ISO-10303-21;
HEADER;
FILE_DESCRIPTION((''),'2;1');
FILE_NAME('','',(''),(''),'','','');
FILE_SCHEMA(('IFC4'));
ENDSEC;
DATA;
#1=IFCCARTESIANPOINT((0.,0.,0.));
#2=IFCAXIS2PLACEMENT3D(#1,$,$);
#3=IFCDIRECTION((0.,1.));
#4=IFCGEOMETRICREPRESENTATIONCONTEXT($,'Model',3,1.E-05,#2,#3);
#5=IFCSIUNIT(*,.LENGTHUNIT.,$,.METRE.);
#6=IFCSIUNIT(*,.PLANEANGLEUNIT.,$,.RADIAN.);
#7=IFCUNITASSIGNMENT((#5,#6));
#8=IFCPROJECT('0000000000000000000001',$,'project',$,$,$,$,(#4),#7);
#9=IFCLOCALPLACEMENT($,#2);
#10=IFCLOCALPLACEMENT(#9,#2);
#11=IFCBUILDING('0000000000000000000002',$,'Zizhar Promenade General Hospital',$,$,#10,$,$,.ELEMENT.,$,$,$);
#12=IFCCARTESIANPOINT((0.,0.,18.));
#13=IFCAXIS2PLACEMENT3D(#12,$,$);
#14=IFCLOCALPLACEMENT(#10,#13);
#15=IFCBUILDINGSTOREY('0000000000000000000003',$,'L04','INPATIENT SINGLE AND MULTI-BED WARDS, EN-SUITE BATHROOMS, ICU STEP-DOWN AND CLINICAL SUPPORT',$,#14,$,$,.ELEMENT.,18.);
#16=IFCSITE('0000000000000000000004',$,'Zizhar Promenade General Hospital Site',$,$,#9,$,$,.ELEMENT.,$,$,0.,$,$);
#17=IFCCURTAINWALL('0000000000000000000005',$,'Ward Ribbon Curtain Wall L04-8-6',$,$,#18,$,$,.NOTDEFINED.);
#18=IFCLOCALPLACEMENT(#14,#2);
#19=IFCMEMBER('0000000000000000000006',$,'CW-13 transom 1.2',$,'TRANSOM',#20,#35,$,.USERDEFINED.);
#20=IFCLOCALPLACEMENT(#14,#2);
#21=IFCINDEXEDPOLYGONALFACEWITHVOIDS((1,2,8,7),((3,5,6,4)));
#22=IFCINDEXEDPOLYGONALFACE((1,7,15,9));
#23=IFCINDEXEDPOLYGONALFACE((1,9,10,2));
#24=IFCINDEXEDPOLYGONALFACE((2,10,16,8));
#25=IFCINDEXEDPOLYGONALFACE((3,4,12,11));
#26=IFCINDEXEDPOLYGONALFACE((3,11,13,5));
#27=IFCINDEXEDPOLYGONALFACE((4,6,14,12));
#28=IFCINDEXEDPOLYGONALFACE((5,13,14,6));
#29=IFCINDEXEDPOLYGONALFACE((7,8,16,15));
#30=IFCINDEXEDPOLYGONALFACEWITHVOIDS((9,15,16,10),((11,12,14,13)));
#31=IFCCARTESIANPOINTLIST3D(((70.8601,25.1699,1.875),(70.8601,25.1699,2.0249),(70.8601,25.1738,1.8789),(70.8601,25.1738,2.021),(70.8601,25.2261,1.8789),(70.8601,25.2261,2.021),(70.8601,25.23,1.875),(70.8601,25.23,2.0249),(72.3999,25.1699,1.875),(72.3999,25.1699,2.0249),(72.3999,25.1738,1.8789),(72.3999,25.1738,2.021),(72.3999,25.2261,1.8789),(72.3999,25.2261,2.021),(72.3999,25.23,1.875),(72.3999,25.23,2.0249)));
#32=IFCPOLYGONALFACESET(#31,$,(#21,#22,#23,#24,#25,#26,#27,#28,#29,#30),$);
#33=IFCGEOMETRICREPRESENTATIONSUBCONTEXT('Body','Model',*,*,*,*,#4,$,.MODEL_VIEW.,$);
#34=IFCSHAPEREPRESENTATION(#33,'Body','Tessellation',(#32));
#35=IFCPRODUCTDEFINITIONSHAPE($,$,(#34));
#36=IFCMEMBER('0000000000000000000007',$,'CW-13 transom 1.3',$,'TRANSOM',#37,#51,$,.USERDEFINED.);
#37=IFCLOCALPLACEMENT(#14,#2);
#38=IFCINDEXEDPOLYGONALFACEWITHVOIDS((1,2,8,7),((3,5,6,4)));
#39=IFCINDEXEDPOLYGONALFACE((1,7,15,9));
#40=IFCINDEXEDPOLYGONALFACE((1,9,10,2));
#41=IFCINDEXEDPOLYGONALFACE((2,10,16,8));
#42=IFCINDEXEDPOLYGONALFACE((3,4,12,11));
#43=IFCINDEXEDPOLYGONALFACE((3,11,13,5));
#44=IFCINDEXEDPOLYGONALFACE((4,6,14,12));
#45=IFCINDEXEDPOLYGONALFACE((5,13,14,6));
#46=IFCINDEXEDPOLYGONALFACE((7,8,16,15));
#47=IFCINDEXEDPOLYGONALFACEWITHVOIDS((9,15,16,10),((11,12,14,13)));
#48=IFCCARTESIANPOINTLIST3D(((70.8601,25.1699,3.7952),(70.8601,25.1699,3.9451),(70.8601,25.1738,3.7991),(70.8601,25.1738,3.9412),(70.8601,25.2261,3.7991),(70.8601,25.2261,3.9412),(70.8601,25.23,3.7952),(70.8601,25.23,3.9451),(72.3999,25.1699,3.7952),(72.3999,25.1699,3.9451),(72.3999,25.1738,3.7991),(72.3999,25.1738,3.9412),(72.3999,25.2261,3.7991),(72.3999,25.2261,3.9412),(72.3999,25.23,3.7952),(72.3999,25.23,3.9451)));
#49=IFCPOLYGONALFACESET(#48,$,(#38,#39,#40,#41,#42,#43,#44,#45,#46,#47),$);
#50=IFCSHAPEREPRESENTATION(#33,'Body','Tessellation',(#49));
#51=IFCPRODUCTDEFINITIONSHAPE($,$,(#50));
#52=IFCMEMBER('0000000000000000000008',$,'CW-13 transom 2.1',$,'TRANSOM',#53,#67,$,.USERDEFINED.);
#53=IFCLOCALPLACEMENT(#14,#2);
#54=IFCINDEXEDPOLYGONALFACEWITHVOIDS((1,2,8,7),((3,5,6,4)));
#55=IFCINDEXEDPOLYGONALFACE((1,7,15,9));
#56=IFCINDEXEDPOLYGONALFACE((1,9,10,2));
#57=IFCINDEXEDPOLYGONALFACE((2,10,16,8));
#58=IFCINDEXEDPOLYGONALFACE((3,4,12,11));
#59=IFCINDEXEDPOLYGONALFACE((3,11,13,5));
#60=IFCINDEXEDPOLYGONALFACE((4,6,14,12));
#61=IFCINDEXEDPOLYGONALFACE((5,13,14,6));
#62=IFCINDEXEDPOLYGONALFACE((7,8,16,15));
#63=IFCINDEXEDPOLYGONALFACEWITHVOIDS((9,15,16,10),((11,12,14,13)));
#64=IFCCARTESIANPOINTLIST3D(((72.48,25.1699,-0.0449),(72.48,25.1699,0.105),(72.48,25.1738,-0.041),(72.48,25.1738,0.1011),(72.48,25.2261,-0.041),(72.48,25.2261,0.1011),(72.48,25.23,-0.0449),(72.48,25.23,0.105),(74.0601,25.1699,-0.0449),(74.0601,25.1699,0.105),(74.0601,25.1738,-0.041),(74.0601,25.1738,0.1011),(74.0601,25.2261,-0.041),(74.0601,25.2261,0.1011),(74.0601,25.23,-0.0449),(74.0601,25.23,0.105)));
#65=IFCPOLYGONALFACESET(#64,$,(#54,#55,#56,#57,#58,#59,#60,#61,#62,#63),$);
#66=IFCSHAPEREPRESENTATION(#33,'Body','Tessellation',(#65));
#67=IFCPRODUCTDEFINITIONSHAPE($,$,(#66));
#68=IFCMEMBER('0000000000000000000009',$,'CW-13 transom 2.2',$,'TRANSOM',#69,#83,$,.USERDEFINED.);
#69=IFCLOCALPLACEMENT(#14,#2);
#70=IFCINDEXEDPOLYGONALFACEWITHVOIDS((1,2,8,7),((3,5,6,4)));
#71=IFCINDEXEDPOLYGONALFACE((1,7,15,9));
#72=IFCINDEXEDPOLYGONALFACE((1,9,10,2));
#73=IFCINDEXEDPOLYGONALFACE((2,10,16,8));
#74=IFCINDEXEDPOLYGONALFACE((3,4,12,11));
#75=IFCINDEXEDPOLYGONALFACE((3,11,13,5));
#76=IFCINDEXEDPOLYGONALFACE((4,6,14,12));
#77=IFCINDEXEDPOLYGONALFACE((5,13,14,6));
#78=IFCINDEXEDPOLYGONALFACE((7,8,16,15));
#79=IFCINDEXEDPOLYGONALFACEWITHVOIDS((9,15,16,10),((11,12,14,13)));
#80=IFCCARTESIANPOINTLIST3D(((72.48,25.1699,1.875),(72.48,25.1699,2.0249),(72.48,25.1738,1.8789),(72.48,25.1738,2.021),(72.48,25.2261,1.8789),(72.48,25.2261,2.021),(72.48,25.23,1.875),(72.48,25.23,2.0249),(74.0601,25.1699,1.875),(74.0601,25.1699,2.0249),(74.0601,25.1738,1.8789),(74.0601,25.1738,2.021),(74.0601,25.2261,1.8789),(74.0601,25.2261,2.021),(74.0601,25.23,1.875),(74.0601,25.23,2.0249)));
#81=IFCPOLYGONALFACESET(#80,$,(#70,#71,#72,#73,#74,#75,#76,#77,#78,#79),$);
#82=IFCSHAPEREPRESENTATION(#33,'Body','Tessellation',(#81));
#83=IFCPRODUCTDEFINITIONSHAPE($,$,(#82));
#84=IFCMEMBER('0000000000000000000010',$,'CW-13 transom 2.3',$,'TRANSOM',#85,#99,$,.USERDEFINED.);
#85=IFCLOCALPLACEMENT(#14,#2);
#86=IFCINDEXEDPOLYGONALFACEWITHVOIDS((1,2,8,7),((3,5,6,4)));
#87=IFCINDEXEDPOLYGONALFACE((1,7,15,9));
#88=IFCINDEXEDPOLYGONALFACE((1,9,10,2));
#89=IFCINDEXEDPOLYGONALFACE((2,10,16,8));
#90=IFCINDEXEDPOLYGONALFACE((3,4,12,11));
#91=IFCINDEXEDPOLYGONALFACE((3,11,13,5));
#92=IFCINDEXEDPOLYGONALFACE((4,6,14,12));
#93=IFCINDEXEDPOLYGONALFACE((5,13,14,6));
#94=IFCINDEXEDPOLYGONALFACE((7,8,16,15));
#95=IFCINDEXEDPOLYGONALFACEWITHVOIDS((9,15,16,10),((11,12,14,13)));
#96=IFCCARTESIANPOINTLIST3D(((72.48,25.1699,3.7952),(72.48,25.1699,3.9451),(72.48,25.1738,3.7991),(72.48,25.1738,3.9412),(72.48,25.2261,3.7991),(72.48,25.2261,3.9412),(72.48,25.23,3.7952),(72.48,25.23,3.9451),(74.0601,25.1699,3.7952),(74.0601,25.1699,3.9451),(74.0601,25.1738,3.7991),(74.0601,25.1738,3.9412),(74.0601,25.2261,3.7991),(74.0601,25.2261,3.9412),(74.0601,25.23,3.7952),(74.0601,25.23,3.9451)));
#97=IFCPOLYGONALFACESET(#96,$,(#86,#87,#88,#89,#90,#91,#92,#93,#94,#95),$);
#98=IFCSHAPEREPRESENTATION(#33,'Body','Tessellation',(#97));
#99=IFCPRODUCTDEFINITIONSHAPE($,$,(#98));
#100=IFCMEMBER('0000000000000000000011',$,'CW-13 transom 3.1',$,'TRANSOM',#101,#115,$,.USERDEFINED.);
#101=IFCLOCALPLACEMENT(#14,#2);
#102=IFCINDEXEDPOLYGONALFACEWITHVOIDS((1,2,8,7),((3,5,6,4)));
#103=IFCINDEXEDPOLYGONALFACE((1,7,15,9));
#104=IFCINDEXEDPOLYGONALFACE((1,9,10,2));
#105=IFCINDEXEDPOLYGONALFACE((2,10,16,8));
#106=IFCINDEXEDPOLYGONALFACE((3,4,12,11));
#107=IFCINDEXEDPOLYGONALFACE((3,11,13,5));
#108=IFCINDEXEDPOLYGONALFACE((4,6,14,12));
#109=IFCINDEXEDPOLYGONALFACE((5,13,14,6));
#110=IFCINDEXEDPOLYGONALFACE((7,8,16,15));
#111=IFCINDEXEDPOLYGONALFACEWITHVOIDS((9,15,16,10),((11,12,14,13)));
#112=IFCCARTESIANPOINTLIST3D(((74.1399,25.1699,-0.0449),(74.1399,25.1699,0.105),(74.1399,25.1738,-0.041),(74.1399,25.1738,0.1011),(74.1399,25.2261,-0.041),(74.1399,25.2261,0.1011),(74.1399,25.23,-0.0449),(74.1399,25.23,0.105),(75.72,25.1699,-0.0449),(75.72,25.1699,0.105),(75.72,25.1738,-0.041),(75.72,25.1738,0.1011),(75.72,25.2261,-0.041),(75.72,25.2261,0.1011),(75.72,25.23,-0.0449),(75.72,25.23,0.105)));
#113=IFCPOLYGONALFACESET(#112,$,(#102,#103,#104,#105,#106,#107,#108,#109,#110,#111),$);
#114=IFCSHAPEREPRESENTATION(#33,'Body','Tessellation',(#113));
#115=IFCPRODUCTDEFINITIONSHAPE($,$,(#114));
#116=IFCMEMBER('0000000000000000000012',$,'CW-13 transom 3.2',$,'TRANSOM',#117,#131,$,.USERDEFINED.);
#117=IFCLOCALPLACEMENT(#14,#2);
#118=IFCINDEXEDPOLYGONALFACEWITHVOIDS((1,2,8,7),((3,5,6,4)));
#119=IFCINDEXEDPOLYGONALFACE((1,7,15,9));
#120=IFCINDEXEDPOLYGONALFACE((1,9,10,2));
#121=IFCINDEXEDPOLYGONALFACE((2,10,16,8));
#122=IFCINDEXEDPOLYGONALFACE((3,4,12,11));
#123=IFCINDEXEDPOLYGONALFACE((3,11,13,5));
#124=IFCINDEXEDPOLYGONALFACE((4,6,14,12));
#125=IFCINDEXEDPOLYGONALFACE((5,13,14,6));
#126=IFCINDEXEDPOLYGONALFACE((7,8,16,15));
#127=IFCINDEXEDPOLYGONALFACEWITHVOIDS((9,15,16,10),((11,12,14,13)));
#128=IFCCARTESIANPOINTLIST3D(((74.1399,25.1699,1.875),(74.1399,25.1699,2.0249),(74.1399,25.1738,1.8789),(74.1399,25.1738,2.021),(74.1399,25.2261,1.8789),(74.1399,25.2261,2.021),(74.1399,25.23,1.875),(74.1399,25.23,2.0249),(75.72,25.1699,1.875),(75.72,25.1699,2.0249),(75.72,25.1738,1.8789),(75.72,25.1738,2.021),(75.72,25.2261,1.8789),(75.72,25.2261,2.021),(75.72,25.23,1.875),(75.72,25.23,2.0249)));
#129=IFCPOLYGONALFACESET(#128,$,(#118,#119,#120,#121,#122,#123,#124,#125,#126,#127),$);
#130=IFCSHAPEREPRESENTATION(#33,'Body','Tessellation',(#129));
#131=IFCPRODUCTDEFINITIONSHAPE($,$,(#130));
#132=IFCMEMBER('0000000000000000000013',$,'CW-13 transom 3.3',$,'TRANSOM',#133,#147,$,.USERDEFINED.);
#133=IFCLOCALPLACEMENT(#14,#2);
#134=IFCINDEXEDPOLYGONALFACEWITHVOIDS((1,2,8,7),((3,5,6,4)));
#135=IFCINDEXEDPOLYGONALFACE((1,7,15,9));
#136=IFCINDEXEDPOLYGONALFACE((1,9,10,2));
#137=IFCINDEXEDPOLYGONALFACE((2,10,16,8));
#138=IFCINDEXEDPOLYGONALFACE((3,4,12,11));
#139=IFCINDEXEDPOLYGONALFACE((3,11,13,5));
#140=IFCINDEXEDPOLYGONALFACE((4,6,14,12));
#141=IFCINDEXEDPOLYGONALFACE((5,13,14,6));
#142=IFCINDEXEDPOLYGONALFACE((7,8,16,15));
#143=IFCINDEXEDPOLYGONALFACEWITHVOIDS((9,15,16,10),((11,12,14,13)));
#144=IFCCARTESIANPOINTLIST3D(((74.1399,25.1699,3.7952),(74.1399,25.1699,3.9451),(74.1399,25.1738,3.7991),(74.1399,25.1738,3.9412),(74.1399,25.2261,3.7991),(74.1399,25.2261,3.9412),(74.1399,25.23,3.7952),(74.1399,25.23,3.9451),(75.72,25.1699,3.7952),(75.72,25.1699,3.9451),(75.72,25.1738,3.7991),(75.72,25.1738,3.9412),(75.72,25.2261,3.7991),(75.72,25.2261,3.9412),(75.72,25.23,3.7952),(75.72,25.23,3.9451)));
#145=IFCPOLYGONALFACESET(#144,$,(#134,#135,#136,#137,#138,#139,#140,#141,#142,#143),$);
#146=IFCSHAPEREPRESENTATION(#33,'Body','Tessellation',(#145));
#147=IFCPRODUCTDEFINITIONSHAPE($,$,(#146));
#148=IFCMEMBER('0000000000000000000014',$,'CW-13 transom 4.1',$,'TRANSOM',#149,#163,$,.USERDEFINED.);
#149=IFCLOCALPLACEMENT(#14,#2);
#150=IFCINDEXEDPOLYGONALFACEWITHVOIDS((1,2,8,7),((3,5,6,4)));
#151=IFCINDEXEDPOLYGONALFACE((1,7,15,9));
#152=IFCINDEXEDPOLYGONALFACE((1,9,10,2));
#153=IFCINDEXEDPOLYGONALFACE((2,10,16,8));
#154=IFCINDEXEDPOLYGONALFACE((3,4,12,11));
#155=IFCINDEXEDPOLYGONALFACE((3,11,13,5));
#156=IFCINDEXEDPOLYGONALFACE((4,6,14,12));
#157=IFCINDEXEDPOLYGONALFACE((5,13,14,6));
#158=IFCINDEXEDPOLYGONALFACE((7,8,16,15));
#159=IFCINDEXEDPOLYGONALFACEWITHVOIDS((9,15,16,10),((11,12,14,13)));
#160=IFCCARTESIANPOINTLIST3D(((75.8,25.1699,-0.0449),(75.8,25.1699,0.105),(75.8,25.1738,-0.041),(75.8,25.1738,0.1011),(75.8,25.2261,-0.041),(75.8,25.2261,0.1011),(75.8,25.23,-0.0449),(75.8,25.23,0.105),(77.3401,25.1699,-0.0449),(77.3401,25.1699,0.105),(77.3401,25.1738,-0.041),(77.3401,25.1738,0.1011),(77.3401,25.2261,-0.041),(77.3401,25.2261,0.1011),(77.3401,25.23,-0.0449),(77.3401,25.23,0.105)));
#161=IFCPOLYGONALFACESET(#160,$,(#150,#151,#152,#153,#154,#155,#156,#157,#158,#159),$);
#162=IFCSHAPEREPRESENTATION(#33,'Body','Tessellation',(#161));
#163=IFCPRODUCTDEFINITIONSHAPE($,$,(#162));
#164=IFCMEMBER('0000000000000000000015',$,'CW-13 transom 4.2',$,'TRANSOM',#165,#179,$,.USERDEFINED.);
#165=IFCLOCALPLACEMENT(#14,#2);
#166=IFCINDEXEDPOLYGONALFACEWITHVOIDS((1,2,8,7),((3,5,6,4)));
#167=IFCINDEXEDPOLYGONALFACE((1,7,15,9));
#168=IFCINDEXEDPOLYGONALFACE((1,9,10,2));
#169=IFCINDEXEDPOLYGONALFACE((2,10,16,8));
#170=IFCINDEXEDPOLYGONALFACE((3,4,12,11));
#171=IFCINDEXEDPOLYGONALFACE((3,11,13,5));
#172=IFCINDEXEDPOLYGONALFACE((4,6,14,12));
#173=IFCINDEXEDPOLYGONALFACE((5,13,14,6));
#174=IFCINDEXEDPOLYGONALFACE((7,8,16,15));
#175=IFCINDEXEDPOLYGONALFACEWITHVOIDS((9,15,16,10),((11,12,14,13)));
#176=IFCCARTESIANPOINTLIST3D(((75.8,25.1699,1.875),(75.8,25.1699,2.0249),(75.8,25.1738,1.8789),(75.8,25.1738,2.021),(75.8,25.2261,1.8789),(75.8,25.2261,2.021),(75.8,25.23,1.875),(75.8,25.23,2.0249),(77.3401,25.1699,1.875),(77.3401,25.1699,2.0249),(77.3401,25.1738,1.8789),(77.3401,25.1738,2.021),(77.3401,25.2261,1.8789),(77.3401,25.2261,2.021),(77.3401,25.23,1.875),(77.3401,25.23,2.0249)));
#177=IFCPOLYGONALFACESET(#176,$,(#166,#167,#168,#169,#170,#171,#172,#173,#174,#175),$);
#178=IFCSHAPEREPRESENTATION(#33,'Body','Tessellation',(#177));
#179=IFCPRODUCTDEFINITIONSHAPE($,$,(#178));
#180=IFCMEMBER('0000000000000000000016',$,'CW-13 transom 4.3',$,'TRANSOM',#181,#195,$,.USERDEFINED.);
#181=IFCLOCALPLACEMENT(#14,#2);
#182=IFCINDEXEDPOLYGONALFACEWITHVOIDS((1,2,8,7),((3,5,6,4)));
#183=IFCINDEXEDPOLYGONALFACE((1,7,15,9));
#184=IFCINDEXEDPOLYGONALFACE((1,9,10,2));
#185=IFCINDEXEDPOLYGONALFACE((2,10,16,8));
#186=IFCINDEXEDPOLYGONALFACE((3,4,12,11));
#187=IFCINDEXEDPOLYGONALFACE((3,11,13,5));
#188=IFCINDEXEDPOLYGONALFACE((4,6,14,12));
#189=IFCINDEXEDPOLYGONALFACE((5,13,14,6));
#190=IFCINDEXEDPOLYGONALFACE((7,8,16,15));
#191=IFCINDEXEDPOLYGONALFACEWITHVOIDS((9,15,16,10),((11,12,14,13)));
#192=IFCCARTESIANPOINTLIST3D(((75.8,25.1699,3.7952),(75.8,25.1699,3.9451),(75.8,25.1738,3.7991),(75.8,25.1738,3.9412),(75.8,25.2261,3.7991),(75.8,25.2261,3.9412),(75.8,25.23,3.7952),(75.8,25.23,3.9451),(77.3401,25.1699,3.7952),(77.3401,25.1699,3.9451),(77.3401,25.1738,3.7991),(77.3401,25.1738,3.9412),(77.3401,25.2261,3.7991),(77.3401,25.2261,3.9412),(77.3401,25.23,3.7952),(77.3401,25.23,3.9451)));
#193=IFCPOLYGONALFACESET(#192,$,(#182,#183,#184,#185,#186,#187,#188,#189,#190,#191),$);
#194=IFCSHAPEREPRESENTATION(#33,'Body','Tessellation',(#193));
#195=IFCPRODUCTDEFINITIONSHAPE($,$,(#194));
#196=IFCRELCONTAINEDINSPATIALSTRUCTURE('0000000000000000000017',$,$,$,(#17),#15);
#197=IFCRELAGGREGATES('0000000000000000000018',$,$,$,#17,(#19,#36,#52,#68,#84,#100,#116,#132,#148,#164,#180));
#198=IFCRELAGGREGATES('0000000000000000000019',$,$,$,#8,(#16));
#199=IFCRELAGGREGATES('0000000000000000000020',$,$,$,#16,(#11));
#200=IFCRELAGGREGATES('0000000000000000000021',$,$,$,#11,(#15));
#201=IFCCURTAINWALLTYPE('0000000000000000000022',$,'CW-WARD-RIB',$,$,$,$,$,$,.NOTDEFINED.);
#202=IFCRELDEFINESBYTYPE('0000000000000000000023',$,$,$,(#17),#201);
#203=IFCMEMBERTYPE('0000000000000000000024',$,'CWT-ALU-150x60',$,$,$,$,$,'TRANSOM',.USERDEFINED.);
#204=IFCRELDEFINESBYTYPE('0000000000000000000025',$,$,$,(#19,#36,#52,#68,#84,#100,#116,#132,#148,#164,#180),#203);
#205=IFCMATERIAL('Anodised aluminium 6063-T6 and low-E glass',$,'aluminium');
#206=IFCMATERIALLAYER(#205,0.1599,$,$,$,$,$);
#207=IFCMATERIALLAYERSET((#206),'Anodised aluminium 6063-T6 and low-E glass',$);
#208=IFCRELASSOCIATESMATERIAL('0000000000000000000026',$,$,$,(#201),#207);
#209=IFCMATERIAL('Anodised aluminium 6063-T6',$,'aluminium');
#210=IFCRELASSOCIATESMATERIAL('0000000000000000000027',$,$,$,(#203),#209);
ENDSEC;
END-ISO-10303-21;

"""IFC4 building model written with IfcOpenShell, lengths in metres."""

from ifc_helpers import new_model, si_unit, direction, frame, origin, origin_2d, place, context, subcontext, project, spatial, hollow_rectangle, extrude, material, layer, layer_set, material_profile, profile_set, type_object, element, aggregate, save


model = new_model("IFC4")

# Units and contexts
model_context = context("Model", 3, precision=1e-05, world=origin(), true_north=direction((0.0, 1.0)))
body_context = subcontext(model_context, "Body", "Model", "MODEL_VIEW")
ifc_project = project(units=[si_unit("LENGTHUNIT", "METRE"), si_unit("PLANEANGLEUNIT", "RADIAN")], contexts=[model_context])

# Site, building, storey
site_placement = place(None, origin())
site = spatial("IfcSite", under=ifc_project, at=site_placement, Name="Zizhar Promenade General Hospital Site", CompositionType="ELEMENT", RefElevation=0.0)
building_placement = place(site_placement, origin())
building = spatial("IfcBuilding", under=site, at=building_placement, Name="Zizhar Promenade General Hospital", CompositionType="ELEMENT")
storey_placement = place(building_placement, frame((0.0, 0.0, 18.0)))
storey = spatial("IfcBuildingStorey", under=building, at=storey_placement, Name="L04", Description="INPATIENT SINGLE AND MULTI-BED WARDS, EN-SUITE BATHROOMS, ICU STEP-DOWN AND CLINICAL SUPPORT", CompositionType="ELEMENT", Elevation=18.0)

# Shared definitions
ifc_material_1 = material(Name="Anodised aluminium 6063-T6 and low-E glass", Category="aluminium")
ifc_layer_1 = layer(ifc_material_1, 0.1599)
ifc_layer_set_1 = layer_set([ifc_layer_1], Name="Anodised aluminium 6063-T6 and low-E glass")
curtain_wall_type = type_object("IfcCurtainWallType", Name="CW-WARD-RIB", PredefinedType="NOTDEFINED", material=ifc_layer_set_1)

# Curtain wall
curtain_wall_1_placement = place(storey_placement, origin())
curtain_wall_1 = element("IfcCurtainWall", 1, at=curtain_wall_1_placement, inside=storey, type_object=curtain_wall_type, Name="Ward Ribbon Curtain Wall L04-8-6", PredefinedType="NOTDEFINED")

# Members
ifc_material_2 = material(Name="Anodised aluminium 6063-T6", Category="aluminium")
ifc_material_profile_1 = material_profile(ifc_material_2, hollow_rectangle(XDim=0.0601, YDim=0.1499, WallThickness=0.0039, at=origin_2d()))
ifc_profile_set_1 = profile_set([ifc_material_profile_1], Name="Anodised aluminium 6063-T6")
member_type_1 = type_object("IfcMemberType", Name="CWT-ALU-150x60", ElementType="TRANSOM", PredefinedType="USERDEFINED", material=ifc_profile_set_1)
member_1_placement = place(storey_placement, frame((70.8601, 25.2, 1.95), z_axis=(1.0, 0.0, 0.0), x_axis=(0.0, 1.0, 0.0)))
member_1 = element("IfcMember", 2, at=member_1_placement, type_object=member_type_1, Name="CW-13 transom 1.2", ObjectType="TRANSOM", PredefinedType="USERDEFINED", context=body_context, shape_type="SweptSolid", body=[
    extrude(hollow_rectangle(XDim=0.0601, YDim=0.1499, WallThickness=0.0039, at=origin_2d()), origin(), (0.0, 0.0, 1.0), 1.5398),
])
member_2_placement = place(storey_placement, frame((70.8601, 25.2, 3.8701), z_axis=(1.0, 0.0, 0.0), x_axis=(0.0, 1.0, 0.0)))
member_2 = element("IfcMember", 3, at=member_2_placement, type_object=member_type_1, Name="CW-13 transom 1.3", ObjectType="TRANSOM", PredefinedType="USERDEFINED", context=body_context, shape_type="SweptSolid", body=[
    extrude(hollow_rectangle(XDim=0.0601, YDim=0.1499, WallThickness=0.0039, at=origin_2d()), origin(), (0.0, 0.0, 1.0), 1.5398),
])
member_3_placement = place(storey_placement, frame((72.48, 25.2, 0.03), z_axis=(1.0, 0.0, 0.0), x_axis=(0.0, 1.0, 0.0)))
member_3 = element("IfcMember", 4, at=member_3_placement, type_object=member_type_1, Name="CW-13 transom 2.1", ObjectType="TRANSOM", PredefinedType="USERDEFINED", context=body_context, shape_type="SweptSolid", body=[
    extrude(hollow_rectangle(XDim=0.0601, YDim=0.1499, WallThickness=0.0039, at=origin_2d()), origin(), (0.0, 0.0, 1.0), 1.5801),
])
member_4_placement = place(storey_placement, frame((72.48, 25.2, 1.95), z_axis=(1.0, 0.0, 0.0), x_axis=(0.0, 1.0, 0.0)))
member_4 = element("IfcMember", 5, at=member_4_placement, type_object=member_type_1, Name="CW-13 transom 2.2", ObjectType="TRANSOM", PredefinedType="USERDEFINED", context=body_context, shape_type="SweptSolid", body=[
    extrude(hollow_rectangle(XDim=0.0601, YDim=0.1499, WallThickness=0.0039, at=origin_2d()), origin(), (0.0, 0.0, 1.0), 1.5801),
])
member_5_placement = place(storey_placement, frame((72.48, 25.2, 3.8701), z_axis=(1.0, 0.0, 0.0), x_axis=(0.0, 1.0, 0.0)))
member_5 = element("IfcMember", 6, at=member_5_placement, type_object=member_type_1, Name="CW-13 transom 2.3", ObjectType="TRANSOM", PredefinedType="USERDEFINED", context=body_context, shape_type="SweptSolid", body=[
    extrude(hollow_rectangle(XDim=0.0601, YDim=0.1499, WallThickness=0.0039, at=origin_2d()), origin(), (0.0, 0.0, 1.0), 1.5801),
])
member_6_placement = place(storey_placement, frame((74.1399, 25.2, 0.03), z_axis=(1.0, 0.0, 0.0), x_axis=(0.0, 1.0, 0.0)))
member_6 = element("IfcMember", 7, at=member_6_placement, type_object=member_type_1, Name="CW-13 transom 3.1", ObjectType="TRANSOM", PredefinedType="USERDEFINED", context=body_context, shape_type="SweptSolid", body=[
    extrude(hollow_rectangle(XDim=0.0601, YDim=0.1499, WallThickness=0.0039, at=origin_2d()), origin(), (0.0, 0.0, 1.0), 1.5801),
])
member_7_placement = place(storey_placement, frame((74.1399, 25.2, 1.95), z_axis=(1.0, 0.0, 0.0), x_axis=(0.0, 1.0, 0.0)))
member_7 = element("IfcMember", 8, at=member_7_placement, type_object=member_type_1, Name="CW-13 transom 3.2", ObjectType="TRANSOM", PredefinedType="USERDEFINED", context=body_context, shape_type="SweptSolid", body=[
    extrude(hollow_rectangle(XDim=0.0601, YDim=0.1499, WallThickness=0.0039, at=origin_2d()), origin(), (0.0, 0.0, 1.0), 1.5801),
])
member_8_placement = place(storey_placement, frame((74.1399, 25.2, 3.8701), z_axis=(1.0, 0.0, 0.0), x_axis=(0.0, 1.0, 0.0)))
member_8 = element("IfcMember", 9, at=member_8_placement, type_object=member_type_1, Name="CW-13 transom 3.3", ObjectType="TRANSOM", PredefinedType="USERDEFINED", context=body_context, shape_type="SweptSolid", body=[
    extrude(hollow_rectangle(XDim=0.0601, YDim=0.1499, WallThickness=0.0039, at=origin_2d()), origin(), (0.0, 0.0, 1.0), 1.5801),
])
member_9_placement = place(storey_placement, frame((75.8, 25.2, 0.03), z_axis=(1.0, 0.0, 0.0), x_axis=(0.0, 1.0, 0.0)))
member_9 = element("IfcMember", 10, at=member_9_placement, type_object=member_type_1, Name="CW-13 transom 4.1", ObjectType="TRANSOM", PredefinedType="USERDEFINED", context=body_context, shape_type="SweptSolid", body=[
    extrude(hollow_rectangle(XDim=0.0601, YDim=0.1499, WallThickness=0.0039, at=origin_2d()), origin(), (0.0, 0.0, 1.0), 1.54),
])
member_10_placement = place(storey_placement, frame((75.8, 25.2, 1.95), z_axis=(1.0, 0.0, 0.0), x_axis=(0.0, 1.0, 0.0)))
member_10 = element("IfcMember", 11, at=member_10_placement, type_object=member_type_1, Name="CW-13 transom 4.2", ObjectType="TRANSOM", PredefinedType="USERDEFINED", context=body_context, shape_type="SweptSolid", body=[
    extrude(hollow_rectangle(XDim=0.0601, YDim=0.1499, WallThickness=0.0039, at=origin_2d()), origin(), (0.0, 0.0, 1.0), 1.54),
])
member_11_placement = place(storey_placement, frame((75.8, 25.2, 3.8701), z_axis=(1.0, 0.0, 0.0), x_axis=(0.0, 1.0, 0.0)))
member_11 = element("IfcMember", 12, at=member_11_placement, type_object=member_type_1, Name="CW-13 transom 4.3", ObjectType="TRANSOM", PredefinedType="USERDEFINED", context=body_context, shape_type="SweptSolid", body=[
    extrude(hollow_rectangle(XDim=0.0601, YDim=0.1499, WallThickness=0.0039, at=origin_2d()), origin(), (0.0, 0.0, 1.0), 1.54),
])

aggregate(curtain_wall_1, [member_1, member_2, member_3, member_4, member_5, member_6, member_7, member_8, member_9, member_10, member_11])

save(model, "model.ifc")
